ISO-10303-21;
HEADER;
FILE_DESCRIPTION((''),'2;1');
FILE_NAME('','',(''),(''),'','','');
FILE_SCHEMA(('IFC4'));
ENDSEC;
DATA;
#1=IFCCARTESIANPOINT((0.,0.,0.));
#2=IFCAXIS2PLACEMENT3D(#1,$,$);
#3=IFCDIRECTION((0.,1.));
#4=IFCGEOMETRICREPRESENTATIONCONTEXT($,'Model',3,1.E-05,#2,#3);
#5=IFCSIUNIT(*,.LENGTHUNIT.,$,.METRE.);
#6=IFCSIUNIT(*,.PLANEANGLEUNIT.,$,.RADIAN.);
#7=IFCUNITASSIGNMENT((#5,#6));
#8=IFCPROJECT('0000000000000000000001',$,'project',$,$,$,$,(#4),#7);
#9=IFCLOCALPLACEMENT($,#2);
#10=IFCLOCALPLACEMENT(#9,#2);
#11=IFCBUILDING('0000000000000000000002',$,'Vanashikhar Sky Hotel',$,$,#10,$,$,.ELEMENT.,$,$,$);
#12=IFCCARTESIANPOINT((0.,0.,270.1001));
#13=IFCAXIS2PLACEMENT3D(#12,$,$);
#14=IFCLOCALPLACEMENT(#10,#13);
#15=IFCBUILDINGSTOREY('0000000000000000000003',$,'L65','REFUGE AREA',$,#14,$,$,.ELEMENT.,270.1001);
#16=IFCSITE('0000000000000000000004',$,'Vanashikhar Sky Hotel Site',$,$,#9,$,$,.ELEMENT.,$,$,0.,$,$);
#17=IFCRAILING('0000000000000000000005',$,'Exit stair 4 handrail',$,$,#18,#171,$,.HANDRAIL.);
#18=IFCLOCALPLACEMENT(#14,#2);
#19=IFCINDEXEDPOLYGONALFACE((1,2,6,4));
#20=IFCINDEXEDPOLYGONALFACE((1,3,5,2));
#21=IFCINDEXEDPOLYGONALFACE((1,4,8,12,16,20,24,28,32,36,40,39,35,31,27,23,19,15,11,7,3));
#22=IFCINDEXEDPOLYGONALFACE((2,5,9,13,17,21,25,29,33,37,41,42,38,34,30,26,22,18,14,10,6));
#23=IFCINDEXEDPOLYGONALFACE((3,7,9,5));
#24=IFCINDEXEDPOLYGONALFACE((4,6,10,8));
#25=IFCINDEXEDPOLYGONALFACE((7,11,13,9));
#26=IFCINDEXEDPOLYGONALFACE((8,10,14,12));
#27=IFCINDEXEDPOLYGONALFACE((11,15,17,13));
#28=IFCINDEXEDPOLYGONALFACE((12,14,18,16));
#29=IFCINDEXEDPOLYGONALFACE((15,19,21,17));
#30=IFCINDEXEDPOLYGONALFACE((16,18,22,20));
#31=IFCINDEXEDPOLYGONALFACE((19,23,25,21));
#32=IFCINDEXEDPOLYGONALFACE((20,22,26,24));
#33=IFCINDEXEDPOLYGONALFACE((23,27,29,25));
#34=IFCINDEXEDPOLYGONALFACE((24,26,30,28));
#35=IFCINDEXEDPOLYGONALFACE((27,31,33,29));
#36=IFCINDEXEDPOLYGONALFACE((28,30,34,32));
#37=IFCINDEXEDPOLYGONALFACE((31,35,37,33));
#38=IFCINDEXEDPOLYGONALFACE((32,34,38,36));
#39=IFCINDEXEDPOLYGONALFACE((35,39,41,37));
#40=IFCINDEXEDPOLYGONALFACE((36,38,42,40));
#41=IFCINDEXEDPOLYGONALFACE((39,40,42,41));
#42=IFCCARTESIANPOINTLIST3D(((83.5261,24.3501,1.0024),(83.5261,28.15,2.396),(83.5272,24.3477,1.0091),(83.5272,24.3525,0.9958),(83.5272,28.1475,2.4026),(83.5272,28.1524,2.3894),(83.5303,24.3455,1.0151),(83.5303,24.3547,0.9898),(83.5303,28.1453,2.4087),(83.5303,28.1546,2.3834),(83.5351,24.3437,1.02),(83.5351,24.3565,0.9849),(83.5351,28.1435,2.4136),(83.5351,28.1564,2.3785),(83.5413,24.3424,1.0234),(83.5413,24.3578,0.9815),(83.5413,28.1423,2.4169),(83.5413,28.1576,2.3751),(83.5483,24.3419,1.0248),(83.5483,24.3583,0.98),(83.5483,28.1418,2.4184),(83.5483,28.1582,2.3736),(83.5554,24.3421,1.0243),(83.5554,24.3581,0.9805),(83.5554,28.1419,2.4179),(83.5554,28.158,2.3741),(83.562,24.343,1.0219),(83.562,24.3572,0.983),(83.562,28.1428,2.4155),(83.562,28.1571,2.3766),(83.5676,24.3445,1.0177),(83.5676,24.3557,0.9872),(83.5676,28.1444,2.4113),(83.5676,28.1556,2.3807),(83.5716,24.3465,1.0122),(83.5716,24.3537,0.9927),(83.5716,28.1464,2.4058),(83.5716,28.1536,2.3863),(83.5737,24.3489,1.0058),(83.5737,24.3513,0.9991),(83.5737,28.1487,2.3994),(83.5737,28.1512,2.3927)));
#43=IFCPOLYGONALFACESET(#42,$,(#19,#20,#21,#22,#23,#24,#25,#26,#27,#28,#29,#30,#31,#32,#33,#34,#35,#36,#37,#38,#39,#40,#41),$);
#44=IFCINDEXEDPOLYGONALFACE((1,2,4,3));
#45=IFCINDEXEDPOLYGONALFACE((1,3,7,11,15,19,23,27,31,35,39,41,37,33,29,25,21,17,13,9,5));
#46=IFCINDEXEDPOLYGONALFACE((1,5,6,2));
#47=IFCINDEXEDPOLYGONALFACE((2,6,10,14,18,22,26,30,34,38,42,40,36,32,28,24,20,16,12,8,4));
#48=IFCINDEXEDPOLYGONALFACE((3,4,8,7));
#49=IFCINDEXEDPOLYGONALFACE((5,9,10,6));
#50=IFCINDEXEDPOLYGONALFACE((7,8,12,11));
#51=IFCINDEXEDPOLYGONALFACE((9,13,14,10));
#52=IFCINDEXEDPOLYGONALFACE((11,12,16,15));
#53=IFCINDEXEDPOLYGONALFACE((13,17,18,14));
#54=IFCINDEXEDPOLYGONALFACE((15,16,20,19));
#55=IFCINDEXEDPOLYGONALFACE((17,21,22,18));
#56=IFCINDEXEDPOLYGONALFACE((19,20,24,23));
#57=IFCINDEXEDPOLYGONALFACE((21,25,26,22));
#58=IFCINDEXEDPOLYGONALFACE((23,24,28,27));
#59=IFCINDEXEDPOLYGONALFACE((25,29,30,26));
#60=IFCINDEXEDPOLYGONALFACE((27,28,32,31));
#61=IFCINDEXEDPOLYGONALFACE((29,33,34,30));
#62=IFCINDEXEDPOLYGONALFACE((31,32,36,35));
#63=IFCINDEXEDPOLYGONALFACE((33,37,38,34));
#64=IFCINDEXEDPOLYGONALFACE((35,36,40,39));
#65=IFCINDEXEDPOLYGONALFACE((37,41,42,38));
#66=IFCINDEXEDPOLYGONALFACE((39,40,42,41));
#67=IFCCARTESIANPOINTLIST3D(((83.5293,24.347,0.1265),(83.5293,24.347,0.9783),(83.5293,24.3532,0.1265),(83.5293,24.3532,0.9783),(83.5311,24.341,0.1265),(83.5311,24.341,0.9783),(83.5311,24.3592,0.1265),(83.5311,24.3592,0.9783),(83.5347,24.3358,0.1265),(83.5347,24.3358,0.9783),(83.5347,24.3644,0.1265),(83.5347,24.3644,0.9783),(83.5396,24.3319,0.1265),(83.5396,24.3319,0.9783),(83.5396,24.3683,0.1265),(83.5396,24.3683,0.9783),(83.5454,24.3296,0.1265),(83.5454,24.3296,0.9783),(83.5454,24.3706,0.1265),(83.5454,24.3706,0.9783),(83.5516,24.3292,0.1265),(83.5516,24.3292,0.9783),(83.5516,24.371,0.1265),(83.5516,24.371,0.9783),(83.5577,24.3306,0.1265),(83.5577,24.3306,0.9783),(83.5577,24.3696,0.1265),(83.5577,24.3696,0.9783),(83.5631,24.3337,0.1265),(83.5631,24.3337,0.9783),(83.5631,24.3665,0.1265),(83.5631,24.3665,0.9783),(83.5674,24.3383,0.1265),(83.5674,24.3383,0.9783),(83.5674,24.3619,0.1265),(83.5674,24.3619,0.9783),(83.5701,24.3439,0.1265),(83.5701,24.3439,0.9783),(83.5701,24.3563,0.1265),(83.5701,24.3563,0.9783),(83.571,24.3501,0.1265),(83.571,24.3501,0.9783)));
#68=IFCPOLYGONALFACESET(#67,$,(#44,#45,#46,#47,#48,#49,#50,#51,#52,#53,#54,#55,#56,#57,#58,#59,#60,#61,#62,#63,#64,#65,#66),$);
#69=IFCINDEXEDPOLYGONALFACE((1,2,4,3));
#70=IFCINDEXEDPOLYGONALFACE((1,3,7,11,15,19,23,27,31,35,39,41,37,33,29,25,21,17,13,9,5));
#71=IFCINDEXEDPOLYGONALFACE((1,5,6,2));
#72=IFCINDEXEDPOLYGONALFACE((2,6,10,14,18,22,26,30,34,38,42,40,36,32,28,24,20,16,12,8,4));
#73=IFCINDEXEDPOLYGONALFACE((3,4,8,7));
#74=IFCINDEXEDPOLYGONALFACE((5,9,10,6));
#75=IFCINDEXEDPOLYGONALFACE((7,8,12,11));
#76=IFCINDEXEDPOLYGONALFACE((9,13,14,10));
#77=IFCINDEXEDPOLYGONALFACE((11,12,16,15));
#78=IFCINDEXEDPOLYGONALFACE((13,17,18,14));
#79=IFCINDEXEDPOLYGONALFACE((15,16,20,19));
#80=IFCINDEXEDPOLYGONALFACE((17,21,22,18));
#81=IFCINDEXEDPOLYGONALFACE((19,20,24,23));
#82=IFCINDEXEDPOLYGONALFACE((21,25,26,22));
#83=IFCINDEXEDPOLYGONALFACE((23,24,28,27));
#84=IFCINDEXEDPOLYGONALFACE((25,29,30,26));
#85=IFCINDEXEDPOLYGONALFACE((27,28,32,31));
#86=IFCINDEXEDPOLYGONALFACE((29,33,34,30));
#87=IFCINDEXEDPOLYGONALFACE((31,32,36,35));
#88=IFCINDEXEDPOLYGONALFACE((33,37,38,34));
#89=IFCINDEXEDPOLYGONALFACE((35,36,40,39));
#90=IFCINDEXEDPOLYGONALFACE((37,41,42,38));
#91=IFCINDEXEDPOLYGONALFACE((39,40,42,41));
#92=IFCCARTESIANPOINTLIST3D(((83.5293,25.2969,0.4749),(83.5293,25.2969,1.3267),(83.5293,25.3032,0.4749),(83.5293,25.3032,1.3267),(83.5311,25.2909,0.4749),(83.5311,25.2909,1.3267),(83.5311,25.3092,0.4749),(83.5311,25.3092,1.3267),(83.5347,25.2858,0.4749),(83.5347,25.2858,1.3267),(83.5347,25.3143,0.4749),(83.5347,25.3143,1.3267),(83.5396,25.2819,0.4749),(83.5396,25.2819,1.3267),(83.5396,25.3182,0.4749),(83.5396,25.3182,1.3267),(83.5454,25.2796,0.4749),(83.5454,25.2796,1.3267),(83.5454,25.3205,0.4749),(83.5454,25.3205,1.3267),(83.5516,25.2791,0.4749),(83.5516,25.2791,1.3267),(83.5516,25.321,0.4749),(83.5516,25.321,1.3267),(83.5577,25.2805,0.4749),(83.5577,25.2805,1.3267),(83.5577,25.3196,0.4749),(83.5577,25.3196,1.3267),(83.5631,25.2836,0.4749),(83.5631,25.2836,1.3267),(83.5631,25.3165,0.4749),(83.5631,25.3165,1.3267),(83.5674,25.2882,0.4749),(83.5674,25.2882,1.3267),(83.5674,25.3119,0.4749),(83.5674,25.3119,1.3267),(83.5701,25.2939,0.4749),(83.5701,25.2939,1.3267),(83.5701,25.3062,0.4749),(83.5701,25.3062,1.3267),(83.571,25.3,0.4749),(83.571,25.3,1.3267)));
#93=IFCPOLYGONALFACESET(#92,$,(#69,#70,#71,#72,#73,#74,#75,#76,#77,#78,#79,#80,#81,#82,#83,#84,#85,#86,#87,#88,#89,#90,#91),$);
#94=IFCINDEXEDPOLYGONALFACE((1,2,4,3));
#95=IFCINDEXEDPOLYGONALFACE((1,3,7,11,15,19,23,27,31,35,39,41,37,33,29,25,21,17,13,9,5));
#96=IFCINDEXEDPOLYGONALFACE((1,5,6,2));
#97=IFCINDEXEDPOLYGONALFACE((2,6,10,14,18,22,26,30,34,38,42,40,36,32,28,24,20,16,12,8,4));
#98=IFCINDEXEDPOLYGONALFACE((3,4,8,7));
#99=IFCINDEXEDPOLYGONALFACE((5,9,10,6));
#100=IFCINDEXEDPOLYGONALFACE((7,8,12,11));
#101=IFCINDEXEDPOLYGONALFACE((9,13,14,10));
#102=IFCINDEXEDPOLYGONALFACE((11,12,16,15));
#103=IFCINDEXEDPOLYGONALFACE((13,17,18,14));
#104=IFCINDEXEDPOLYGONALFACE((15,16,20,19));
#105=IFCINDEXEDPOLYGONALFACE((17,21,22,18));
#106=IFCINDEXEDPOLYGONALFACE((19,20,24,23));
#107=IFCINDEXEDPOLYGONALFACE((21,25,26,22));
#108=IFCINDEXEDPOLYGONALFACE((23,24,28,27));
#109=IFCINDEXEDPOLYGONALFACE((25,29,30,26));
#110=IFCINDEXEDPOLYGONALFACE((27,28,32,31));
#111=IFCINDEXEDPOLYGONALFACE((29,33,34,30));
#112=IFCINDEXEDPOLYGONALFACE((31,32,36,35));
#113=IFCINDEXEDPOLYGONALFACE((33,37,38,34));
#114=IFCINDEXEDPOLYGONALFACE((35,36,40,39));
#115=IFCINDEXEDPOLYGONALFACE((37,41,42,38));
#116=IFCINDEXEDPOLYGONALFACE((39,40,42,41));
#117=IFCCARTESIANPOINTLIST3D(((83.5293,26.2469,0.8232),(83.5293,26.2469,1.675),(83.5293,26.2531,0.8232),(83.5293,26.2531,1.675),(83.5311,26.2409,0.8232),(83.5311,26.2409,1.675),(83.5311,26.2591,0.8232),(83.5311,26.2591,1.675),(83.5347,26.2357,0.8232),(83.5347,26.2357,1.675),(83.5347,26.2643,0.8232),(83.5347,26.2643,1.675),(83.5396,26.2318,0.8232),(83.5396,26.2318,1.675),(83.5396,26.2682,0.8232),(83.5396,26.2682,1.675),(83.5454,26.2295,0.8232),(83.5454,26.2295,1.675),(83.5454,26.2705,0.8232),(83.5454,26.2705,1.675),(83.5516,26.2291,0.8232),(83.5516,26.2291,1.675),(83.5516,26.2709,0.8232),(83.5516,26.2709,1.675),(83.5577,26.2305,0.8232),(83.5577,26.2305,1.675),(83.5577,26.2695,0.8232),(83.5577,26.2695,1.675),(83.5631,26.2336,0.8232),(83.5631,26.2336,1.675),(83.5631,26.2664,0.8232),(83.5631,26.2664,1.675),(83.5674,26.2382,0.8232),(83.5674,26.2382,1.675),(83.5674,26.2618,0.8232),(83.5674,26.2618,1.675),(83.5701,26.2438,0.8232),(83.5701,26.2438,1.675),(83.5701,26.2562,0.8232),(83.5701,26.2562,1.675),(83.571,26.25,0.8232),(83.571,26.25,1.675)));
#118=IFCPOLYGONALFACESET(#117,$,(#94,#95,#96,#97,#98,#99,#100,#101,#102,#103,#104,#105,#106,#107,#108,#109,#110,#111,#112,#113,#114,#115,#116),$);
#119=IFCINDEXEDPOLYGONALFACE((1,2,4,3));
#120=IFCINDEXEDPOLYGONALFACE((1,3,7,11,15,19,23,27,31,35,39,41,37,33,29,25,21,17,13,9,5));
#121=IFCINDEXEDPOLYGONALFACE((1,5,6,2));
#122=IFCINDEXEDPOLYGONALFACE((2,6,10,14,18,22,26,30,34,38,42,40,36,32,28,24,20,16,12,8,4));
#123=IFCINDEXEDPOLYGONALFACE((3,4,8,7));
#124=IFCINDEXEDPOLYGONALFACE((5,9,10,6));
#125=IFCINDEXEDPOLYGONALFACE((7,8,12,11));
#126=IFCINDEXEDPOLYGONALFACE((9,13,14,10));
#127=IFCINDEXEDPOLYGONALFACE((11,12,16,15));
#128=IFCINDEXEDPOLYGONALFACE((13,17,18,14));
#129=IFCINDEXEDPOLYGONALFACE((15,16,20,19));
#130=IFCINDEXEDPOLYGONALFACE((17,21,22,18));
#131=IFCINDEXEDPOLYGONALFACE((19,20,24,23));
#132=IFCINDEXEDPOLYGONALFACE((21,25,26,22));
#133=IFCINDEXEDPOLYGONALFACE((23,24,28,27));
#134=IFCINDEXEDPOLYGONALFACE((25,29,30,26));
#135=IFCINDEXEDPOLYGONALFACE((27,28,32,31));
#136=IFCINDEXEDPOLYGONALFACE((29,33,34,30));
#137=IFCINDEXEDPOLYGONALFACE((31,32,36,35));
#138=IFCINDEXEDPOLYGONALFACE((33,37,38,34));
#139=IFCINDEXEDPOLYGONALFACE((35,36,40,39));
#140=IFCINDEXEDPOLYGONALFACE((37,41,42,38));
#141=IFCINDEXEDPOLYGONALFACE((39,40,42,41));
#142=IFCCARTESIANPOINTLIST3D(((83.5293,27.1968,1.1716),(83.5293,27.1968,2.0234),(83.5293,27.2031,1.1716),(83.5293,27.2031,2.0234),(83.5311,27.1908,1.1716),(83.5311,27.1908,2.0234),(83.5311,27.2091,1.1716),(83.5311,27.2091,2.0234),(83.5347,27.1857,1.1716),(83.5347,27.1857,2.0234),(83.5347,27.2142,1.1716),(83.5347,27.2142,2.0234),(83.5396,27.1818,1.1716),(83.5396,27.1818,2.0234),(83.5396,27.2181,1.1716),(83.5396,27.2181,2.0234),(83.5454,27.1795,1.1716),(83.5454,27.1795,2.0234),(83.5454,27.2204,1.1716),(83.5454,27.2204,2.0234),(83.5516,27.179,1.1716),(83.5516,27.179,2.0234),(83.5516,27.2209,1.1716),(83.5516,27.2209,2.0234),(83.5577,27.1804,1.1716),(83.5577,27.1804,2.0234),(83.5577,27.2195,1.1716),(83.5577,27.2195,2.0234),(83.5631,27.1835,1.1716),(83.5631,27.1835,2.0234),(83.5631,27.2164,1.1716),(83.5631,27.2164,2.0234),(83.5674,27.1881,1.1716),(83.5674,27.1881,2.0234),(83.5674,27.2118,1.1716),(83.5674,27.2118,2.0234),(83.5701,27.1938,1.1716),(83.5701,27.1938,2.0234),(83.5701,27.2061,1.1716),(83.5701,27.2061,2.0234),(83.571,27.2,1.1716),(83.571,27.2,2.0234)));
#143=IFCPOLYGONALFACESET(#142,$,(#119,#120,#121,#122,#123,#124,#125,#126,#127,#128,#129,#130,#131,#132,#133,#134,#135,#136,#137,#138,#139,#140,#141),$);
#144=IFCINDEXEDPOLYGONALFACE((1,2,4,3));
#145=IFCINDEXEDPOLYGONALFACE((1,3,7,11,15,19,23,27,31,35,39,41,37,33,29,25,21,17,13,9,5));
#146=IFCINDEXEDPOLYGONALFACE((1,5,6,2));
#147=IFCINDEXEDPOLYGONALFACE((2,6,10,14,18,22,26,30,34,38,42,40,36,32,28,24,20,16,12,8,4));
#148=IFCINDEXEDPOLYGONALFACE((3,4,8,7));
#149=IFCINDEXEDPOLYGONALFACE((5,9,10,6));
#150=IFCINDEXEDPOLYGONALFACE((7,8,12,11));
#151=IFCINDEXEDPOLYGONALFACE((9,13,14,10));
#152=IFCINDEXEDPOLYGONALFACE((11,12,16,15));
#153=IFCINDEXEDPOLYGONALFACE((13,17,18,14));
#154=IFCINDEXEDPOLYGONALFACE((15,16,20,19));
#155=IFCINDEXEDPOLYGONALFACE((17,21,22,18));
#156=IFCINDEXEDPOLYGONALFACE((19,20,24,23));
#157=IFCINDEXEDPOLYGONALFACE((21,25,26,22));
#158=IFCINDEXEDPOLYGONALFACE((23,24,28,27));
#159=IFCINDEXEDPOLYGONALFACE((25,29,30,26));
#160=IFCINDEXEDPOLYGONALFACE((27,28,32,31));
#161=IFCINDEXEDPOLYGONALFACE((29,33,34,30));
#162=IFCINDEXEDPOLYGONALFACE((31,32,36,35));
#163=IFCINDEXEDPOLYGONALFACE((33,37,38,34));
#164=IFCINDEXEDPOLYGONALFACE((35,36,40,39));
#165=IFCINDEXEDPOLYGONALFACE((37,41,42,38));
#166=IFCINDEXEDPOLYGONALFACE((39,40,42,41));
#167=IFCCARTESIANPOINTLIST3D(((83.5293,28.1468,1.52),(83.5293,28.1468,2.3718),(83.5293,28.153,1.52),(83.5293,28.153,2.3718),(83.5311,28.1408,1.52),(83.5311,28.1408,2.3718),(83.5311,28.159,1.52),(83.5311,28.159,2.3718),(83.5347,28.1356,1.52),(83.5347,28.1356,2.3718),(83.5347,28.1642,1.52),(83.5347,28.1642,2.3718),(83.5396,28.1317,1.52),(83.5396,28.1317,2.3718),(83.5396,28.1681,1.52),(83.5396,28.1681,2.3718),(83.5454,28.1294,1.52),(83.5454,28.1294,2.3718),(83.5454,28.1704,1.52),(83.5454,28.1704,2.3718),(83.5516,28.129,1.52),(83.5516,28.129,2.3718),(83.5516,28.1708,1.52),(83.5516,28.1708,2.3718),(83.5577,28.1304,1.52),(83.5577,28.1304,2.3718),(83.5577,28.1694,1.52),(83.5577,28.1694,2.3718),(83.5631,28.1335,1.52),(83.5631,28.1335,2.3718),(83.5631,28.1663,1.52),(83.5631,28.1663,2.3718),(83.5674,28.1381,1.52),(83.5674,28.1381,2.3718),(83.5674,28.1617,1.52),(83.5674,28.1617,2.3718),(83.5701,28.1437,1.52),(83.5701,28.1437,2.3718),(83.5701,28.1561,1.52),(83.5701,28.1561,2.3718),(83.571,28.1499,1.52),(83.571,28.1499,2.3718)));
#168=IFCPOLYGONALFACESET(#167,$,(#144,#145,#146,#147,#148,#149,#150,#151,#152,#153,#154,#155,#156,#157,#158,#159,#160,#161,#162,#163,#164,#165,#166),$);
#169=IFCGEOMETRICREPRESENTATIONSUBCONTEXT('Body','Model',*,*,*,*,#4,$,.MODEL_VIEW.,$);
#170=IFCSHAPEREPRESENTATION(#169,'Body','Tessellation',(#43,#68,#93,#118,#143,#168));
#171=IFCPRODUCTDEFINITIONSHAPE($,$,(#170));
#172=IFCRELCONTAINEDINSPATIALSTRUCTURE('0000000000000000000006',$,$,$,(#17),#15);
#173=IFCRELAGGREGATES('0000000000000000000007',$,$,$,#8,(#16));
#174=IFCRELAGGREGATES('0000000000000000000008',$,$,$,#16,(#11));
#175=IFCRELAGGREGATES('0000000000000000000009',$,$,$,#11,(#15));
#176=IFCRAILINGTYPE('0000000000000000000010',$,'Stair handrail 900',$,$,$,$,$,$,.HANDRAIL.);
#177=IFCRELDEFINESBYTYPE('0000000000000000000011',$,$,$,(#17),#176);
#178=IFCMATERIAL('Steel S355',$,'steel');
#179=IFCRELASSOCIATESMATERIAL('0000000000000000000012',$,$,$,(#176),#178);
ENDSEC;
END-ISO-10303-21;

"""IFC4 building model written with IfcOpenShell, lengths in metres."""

from ifc_helpers import new_model, si_unit, direction, frame, origin, origin_2d, place, context, subcontext, project, spatial, circle, extrude, source, transform, mapped, material, type_object, element, save


model = new_model("IFC4")

# Units and contexts
model_context = context("Model", 3, precision=1e-05, world=origin(), true_north=direction((0.0, 1.0)))
body_context = subcontext(model_context, "Body", "Model", "MODEL_VIEW")
ifc_project = project(units=[si_unit("LENGTHUNIT", "METRE"), si_unit("PLANEANGLEUNIT", "RADIAN")], contexts=[model_context])

# Site, building, storey
site_placement = place(None, origin())
site = spatial("IfcSite", under=ifc_project, at=site_placement, Name="Vanashikhar Sky Hotel Site", CompositionType="ELEMENT", RefElevation=0.0)
building_placement = place(site_placement, origin())
building = spatial("IfcBuilding", under=site, at=building_placement, Name="Vanashikhar Sky Hotel", CompositionType="ELEMENT")
storey_placement = place(building_placement, frame((0.0, 0.0, 270.1001)))
storey = spatial("IfcBuildingStorey", under=building, at=storey_placement, Name="L65", Description="REFUGE AREA", CompositionType="ELEMENT", Elevation=270.1001)

# Railing
ifc_material_1 = material(Name="Steel S355", Category="steel")
railing_type_1 = type_object("IfcRailingType", Name="Stair handrail 900", PredefinedType="HANDRAIL", material=ifc_material_1)
shared_shape_1 = source(origin(), body_context, "Body", "SweptSolid", [
    extrude(circle(Radius=0.0239, at=origin_2d()), frame((0.0, 0.0, 0.876), z_axis=(0.0, 0.938853, 0.344318), x_axis=(-1.0, 0.0, 0.0)), (0.0, 0.0, 1.0), 4.0474),
    extrude(circle(Radius=0.021, at=origin_2d()), origin(), (0.0, 0.0, 1.0), 0.8518),
    extrude(circle(Radius=0.021, at=origin_2d()), frame((0.0, 0.95, 0.3484)), (0.0, 0.0, 1.0), 0.8518),
    extrude(circle(Radius=0.021, at=origin_2d()), frame((0.0, 1.8999, 0.6968)), (0.0, 0.0, 1.0), 0.8518),
    extrude(circle(Radius=0.021, at=origin_2d()), frame((0.0, 2.8499, 1.0452)), (0.0, 0.0, 1.0), 0.8518),
    extrude(circle(Radius=0.021, at=origin_2d()), frame((0.0, 3.7998, 1.3936)), (0.0, 0.0, 1.0), 0.8518),
])
railing_1_placement = place(storey_placement, frame((83.55, 24.3501, 0.1265)))
element("IfcRailing", 1, at=railing_1_placement, inside=storey, type_object=railing_type_1, Name="Exit stair 4 handrail", PredefinedType="HANDRAIL", context=body_context, shape_type="MappedRepresentation", body=[
    mapped(shared_shape_1, transform((0.0, 0.0, 0.0), scale=1.0)),
])

save(model, "model.ifc")
